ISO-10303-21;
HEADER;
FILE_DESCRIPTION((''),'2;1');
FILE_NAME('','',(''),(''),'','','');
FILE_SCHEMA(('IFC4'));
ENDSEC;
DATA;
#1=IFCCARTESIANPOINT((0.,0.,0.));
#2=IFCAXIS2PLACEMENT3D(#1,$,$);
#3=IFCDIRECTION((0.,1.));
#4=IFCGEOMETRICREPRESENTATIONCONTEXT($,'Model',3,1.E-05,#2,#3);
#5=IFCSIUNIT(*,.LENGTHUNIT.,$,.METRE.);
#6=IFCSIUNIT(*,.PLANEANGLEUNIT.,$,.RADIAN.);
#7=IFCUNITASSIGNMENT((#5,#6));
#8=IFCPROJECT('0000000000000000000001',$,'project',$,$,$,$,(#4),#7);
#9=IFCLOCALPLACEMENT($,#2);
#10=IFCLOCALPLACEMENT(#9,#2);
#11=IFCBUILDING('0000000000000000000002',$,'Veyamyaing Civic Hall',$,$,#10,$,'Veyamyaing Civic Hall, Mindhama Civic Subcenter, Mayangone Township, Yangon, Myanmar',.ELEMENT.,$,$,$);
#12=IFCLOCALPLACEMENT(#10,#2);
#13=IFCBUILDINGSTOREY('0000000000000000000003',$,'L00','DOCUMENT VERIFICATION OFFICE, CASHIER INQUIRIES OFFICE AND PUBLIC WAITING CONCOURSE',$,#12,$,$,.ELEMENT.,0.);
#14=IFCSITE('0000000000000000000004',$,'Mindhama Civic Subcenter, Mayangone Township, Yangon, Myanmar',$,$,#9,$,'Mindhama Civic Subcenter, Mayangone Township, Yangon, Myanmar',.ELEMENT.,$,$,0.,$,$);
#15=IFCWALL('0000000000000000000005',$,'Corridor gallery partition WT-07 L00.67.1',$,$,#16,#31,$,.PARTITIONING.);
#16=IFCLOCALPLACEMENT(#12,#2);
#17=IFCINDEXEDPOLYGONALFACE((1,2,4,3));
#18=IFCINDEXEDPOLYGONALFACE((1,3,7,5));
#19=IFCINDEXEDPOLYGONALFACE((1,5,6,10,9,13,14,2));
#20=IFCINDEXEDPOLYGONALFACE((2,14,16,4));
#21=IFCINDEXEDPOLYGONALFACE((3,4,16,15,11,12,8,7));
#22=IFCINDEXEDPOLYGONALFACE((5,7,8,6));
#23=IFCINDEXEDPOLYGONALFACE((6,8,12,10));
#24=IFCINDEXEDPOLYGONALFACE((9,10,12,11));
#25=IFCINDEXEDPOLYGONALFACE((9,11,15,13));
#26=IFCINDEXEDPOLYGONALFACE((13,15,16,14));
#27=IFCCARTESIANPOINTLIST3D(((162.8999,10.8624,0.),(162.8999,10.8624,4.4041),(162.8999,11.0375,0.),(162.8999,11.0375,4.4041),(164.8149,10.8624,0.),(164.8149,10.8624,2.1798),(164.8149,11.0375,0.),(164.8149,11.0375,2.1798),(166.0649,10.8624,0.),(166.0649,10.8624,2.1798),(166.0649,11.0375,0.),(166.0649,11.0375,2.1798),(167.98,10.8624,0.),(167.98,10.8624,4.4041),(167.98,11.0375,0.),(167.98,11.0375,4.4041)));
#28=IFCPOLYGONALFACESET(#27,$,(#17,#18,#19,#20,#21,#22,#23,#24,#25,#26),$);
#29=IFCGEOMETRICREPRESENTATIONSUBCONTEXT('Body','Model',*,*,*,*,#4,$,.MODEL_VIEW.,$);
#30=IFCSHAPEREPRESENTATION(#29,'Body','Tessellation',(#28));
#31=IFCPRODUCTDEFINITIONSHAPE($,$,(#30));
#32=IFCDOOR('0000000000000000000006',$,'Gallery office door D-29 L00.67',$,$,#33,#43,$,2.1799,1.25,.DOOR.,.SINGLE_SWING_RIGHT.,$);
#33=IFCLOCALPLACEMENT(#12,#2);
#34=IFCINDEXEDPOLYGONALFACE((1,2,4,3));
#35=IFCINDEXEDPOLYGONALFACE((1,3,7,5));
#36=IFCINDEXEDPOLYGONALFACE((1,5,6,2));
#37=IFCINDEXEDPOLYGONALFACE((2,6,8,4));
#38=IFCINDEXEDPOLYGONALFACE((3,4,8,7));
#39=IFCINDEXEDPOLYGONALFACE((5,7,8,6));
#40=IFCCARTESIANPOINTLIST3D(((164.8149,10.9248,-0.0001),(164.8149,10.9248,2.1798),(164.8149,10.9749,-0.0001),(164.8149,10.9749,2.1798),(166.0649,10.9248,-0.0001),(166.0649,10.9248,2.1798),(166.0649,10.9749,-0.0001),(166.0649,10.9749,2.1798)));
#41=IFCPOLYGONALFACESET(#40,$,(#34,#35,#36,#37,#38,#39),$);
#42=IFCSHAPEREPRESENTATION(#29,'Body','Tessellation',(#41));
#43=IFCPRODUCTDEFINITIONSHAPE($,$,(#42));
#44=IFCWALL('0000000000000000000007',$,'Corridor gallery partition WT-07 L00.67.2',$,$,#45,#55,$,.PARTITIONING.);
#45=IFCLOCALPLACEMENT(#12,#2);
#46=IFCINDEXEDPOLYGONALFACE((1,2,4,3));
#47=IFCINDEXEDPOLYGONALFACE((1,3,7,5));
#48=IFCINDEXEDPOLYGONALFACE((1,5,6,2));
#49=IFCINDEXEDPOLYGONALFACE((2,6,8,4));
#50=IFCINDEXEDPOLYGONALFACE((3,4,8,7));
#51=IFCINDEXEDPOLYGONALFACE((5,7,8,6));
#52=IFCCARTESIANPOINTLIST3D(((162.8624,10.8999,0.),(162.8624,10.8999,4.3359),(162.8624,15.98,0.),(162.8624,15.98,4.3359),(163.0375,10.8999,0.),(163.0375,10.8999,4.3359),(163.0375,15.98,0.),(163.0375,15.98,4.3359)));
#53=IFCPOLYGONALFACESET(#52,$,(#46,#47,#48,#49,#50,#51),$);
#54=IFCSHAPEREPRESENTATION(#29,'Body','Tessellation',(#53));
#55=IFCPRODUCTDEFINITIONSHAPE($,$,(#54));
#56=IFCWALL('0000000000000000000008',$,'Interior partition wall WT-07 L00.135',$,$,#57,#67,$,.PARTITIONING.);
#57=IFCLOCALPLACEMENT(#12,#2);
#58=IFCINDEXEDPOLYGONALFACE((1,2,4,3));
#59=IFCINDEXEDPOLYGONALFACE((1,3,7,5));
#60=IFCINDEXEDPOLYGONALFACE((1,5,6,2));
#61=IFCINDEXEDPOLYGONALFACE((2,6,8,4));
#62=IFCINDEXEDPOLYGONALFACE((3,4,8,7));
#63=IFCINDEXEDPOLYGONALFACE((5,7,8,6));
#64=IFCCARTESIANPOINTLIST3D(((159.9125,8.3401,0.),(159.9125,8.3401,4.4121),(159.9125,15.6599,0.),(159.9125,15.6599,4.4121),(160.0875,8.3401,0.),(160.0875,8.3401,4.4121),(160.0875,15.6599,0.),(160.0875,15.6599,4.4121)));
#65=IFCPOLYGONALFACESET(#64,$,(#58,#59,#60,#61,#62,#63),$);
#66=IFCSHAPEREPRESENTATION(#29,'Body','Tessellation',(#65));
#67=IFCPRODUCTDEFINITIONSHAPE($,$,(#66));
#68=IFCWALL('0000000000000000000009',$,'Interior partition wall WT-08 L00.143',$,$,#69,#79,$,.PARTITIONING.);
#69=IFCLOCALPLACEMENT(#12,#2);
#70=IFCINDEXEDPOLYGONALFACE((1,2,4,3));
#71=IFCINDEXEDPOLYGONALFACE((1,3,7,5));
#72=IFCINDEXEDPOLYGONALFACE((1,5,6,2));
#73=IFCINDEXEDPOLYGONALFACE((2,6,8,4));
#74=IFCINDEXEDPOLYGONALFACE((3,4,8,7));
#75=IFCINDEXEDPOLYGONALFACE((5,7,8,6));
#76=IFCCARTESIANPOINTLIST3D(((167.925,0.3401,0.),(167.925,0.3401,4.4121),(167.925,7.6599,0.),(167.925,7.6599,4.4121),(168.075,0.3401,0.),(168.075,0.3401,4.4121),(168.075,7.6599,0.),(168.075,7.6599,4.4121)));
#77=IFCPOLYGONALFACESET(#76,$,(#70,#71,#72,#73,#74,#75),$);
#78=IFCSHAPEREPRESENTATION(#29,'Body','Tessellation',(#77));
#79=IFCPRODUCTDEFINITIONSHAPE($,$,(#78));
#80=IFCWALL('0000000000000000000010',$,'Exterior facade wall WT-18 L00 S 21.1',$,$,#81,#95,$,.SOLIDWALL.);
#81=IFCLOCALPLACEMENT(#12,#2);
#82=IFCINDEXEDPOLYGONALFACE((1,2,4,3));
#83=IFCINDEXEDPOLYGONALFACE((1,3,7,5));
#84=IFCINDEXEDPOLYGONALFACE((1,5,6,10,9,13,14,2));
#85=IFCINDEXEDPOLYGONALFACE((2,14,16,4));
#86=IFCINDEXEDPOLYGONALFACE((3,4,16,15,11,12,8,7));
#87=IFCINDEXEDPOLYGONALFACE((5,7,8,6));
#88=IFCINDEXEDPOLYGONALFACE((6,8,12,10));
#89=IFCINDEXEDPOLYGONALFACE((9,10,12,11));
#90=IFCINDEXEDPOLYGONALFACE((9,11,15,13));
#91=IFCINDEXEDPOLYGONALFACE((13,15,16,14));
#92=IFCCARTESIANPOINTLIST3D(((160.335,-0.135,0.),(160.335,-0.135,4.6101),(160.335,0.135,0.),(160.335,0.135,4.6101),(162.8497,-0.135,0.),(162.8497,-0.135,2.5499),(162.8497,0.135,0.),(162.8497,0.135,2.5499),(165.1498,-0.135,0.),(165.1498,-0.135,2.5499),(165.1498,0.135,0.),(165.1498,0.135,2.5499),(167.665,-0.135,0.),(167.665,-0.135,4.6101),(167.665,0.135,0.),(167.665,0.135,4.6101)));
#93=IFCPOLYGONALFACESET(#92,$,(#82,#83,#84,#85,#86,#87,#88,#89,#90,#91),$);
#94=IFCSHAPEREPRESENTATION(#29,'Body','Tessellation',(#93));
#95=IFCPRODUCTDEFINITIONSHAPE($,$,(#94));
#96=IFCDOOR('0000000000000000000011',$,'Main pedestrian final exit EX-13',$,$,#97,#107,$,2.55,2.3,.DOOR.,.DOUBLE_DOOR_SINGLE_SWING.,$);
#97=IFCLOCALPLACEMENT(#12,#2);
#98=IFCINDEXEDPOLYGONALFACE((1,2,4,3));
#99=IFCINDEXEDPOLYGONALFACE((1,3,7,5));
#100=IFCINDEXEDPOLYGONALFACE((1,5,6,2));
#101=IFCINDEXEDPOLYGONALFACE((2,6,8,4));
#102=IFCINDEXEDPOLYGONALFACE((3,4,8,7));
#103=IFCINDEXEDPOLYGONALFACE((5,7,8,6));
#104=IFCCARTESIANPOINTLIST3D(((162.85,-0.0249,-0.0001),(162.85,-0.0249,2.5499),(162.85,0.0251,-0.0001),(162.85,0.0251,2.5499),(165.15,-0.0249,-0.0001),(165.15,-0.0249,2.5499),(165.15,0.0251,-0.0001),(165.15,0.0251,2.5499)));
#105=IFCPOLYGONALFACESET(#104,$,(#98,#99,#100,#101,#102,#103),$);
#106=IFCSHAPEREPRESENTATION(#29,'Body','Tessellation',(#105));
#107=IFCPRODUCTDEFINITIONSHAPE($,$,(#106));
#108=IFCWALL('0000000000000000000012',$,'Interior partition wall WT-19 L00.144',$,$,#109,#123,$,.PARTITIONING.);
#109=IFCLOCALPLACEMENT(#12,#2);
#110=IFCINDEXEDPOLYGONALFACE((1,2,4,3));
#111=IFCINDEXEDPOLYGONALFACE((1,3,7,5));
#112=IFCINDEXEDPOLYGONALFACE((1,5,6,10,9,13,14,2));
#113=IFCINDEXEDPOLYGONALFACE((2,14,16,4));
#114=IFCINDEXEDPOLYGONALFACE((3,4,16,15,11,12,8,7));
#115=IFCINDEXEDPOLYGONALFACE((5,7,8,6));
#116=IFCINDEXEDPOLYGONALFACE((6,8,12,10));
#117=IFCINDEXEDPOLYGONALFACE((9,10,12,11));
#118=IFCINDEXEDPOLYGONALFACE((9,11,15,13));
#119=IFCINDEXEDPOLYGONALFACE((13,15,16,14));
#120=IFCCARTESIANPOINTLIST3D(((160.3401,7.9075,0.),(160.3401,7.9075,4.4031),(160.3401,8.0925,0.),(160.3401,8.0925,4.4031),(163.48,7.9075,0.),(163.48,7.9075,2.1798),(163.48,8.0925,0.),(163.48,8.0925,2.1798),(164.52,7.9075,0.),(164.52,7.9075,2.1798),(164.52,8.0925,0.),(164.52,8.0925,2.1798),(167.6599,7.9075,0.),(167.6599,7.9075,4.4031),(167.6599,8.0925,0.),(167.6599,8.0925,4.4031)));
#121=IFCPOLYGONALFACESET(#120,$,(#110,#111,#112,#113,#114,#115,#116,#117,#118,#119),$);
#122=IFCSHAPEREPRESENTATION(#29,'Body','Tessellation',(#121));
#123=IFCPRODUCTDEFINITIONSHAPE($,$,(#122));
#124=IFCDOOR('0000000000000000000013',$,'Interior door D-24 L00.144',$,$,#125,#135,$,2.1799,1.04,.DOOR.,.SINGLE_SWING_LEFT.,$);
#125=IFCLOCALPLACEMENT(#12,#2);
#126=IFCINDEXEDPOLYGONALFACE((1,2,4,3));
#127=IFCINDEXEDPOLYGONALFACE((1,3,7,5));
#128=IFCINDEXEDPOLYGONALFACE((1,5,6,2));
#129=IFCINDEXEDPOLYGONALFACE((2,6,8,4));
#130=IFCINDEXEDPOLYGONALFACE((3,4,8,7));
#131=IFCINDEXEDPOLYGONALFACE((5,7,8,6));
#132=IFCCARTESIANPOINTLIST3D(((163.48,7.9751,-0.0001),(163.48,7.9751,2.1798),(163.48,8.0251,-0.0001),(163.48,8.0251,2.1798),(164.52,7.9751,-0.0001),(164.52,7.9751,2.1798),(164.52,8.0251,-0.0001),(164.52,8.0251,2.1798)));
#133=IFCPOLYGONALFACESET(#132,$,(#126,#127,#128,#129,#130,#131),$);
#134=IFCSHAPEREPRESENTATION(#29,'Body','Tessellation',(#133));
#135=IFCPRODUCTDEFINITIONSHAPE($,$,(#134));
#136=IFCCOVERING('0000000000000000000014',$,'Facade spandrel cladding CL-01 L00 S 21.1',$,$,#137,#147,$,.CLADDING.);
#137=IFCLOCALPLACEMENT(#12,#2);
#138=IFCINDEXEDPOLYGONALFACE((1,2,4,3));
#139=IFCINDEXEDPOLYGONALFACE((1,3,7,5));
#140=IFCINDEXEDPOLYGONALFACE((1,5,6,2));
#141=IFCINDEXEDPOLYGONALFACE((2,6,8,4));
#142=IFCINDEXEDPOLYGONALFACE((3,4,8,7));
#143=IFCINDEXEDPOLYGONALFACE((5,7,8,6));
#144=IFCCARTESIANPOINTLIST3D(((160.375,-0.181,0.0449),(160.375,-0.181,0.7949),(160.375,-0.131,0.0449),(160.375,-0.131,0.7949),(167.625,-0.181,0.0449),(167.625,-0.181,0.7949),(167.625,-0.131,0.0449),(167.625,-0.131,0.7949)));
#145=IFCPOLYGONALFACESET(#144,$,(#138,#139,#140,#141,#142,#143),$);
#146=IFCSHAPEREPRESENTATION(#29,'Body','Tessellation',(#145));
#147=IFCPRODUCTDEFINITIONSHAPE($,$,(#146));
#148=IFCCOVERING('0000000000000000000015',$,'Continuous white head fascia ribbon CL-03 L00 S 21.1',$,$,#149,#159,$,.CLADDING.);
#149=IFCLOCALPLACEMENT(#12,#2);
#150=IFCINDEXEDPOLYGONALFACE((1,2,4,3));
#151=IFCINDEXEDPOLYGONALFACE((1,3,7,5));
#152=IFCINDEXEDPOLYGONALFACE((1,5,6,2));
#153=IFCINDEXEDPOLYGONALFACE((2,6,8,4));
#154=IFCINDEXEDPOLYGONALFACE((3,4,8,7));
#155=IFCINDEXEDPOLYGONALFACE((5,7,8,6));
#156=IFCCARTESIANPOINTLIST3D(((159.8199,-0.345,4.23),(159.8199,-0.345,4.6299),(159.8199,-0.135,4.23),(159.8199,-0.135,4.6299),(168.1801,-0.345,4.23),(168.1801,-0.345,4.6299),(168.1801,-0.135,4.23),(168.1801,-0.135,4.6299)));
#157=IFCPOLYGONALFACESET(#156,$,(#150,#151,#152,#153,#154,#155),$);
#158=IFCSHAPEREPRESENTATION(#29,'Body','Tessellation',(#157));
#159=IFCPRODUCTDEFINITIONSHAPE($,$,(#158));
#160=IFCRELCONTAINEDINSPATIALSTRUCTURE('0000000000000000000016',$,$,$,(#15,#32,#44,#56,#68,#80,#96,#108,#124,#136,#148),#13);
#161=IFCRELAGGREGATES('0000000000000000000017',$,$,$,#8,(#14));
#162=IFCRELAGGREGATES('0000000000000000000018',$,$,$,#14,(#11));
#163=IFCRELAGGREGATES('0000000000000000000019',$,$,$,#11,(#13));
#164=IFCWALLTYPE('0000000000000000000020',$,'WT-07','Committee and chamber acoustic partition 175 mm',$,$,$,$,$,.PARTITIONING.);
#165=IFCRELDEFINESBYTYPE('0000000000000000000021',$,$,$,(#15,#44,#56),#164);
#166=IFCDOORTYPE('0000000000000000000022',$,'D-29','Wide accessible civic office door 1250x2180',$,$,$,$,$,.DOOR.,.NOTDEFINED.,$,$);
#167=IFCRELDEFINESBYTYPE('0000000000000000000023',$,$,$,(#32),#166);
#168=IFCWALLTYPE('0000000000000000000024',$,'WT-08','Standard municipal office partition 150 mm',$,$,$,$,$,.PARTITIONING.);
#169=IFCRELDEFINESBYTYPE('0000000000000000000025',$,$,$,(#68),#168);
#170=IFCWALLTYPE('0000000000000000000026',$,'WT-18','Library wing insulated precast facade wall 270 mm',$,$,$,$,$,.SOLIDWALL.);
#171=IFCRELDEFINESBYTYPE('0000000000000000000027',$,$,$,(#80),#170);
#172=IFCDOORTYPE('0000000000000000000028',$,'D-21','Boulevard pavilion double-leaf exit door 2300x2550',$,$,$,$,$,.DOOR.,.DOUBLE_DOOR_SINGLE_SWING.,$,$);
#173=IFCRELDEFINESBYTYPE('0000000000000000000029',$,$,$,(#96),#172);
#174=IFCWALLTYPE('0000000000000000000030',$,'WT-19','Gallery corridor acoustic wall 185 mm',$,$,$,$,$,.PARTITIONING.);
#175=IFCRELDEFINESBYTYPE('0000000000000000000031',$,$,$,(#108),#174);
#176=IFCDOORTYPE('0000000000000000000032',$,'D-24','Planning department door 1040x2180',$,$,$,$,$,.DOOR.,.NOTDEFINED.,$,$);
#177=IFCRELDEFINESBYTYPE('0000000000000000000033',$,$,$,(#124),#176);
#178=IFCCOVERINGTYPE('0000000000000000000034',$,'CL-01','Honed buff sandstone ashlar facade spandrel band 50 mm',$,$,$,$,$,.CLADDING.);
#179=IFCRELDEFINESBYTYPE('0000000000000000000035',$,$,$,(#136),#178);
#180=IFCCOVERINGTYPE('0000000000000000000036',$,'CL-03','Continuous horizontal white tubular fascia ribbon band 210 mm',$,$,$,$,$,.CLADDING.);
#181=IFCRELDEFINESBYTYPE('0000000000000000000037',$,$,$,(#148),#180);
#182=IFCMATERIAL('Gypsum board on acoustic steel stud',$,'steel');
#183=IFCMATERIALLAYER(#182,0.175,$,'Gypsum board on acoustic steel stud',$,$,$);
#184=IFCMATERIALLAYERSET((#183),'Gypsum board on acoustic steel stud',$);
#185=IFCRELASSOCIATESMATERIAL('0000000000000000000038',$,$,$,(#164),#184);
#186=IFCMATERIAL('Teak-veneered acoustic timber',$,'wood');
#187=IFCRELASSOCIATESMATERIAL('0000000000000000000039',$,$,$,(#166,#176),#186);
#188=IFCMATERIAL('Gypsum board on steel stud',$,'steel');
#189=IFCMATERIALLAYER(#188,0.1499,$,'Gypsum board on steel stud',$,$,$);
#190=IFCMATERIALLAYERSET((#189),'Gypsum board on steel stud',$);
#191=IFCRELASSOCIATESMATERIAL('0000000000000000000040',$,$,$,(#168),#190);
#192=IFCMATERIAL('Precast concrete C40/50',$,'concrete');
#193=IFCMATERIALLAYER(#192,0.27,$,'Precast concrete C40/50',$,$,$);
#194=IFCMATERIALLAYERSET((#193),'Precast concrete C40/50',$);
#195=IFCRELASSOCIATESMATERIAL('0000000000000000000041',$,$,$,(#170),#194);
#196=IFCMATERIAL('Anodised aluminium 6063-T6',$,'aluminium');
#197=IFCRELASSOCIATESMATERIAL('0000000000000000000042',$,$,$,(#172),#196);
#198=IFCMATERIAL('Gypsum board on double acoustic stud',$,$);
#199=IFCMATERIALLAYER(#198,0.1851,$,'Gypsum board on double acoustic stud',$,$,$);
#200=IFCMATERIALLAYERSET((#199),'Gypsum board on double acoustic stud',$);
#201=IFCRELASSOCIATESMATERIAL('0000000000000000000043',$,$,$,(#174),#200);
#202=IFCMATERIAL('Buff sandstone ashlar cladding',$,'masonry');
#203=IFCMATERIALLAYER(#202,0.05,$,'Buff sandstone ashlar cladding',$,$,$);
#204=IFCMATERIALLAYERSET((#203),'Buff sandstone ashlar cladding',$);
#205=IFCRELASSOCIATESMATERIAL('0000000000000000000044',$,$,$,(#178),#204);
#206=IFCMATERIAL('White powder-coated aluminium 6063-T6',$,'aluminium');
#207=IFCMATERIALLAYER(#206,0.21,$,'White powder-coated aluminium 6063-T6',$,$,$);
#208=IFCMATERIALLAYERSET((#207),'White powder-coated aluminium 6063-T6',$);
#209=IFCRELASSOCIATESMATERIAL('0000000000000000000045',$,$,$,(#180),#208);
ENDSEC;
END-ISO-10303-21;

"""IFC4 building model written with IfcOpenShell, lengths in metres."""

from ifc_helpers import new_model, si_unit, direction, frame, frame_2d, origin, origin_2d, place, context, subcontext, project, spatial, rectangle, extrude, material, layer, layer_set, type_object, element, fill, save


model = new_model("IFC4")

# Units and contexts
model_context = context("Model", 3, precision=1e-05, world=origin(), true_north=direction((0.0, 1.0)))
body_context = subcontext(model_context, "Body", "Model", "MODEL_VIEW")
ifc_project = project(units=[si_unit("LENGTHUNIT", "METRE"), si_unit("PLANEANGLEUNIT", "RADIAN")], contexts=[model_context])

# Site, building, storey
site_placement = place(None, origin())
site = spatial("IfcSite", under=ifc_project, at=site_placement, Name="Mindhama Civic Subcenter, Mayangone Township, Yangon, Myanmar", LongName="Mindhama Civic Subcenter, Mayangone Township, Yangon, Myanmar", CompositionType="ELEMENT", RefElevation=0.0)
building_placement = place(site_placement, origin())
building = spatial("IfcBuilding", under=site, at=building_placement, Name="Veyamyaing Civic Hall", LongName="Veyamyaing Civic Hall, Mindhama Civic Subcenter, Mayangone Township, Yangon, Myanmar", CompositionType="ELEMENT")
storey_placement = place(building_placement, origin())
storey = spatial("IfcBuildingStorey", under=building, at=storey_placement, Name="L00", Description="DOCUMENT VERIFICATION OFFICE, CASHIER INQUIRIES OFFICE AND PUBLIC WAITING CONCOURSE", CompositionType="ELEMENT", Elevation=0.0)

# Shared definitions
ifc_material_1 = material(Name="Anodised aluminium 6063-T6", Category="aluminium")

# Wall, opening, door
ifc_material_2 = material(Name="Gypsum board on acoustic steel stud", Category="steel")
ifc_layer_1 = layer(ifc_material_2, 0.175, Name="Gypsum board on acoustic steel stud")
ifc_layer_set_1 = layer_set([ifc_layer_1], Name="Gypsum board on acoustic steel stud")
wall_type_1 = type_object("IfcWallType", Name="WT-07", Description="Committee and chamber acoustic partition 175 mm", PredefinedType="PARTITIONING", material=ifc_layer_set_1)
wall_1_placement = place(storey_placement, frame((162.8999, 10.95, 0.0), z_axis=(0.0, 0.0, 1.0), x_axis=(1.0, 0.0, 0.0)))
wall_1 = element("IfcWall", 1, at=wall_1_placement, inside=storey, type_object=wall_type_1, Name="Corridor gallery partition WT-07 L00.67.1", PredefinedType="PARTITIONING", context=body_context, shape_type="SweptSolid", body=[
    extrude(rectangle(XDim=5.0801, YDim=0.175, at=frame_2d((2.54, 0.0))), origin(), (0.0, 0.0, 1.0), 4.4041),
])
opening_1_placement = place(wall_1_placement, frame((1.915, 0.0, 0.0)))
opening_1 = element("IfcOpeningElement", 2, at=opening_1_placement, cuts=wall_1, PredefinedType="OPENING", context=body_context, shape_type="SweptSolid", body=[
    extrude(rectangle(XDim=1.25, YDim=2.1799, at=frame_2d((0.625, 1.0898))), frame((0.0, 0.0974, 0.0), z_axis=(0.0, -1.0, 0.0), x_axis=(1.0, 0.0, 0.0)), (0.0, 0.0, 1.0), 0.1951),
])
ifc_material_3 = material(Name="Teak-veneered acoustic timber", Category="wood")
door_type_1 = type_object("IfcDoorType", Name="D-29", Description="Wide accessible civic office door 1250x2180", OperationType="NOTDEFINED", PredefinedType="DOOR", material=ifc_material_3)
door_1_placement = place(opening_1_placement, origin())
door_1 = element("IfcDoor", 3, at=door_1_placement, inside=storey, type_object=door_type_1, Name="Gallery office door D-29 L00.67", OperationType="SINGLE_SWING_RIGHT", OverallHeight=2.1799, OverallWidth=1.25, PredefinedType="DOOR", context=body_context, shape_type="SweptSolid", body=[
    extrude(rectangle(XDim=1.25, YDim=2.1799, at=frame_2d((0.625, 1.0898))), frame((0.0, 0.0249, 0.0), z_axis=(0.0, -1.0, 0.0), x_axis=(1.0, 0.0, 0.0)), (0.0, 0.0, 1.0), 0.05),
])
fill(opening_1, door_1)

# Walls
wall_2_placement = place(storey_placement, frame((162.95, 10.8999, 0.0), z_axis=(0.0, 0.0, 1.0), x_axis=(0.0, 1.0, 0.0)))
element("IfcWall", 4, at=wall_2_placement, inside=storey, type_object=wall_type_1, Name="Corridor gallery partition WT-07 L00.67.2", PredefinedType="PARTITIONING", context=body_context, shape_type="SweptSolid", body=[
    extrude(rectangle(XDim=5.0801, YDim=0.175, at=frame_2d((2.54, 0.0))), origin(), (0.0, 0.0, 1.0), 4.3359),
])
wall_3_placement = place(storey_placement, frame((160.0, 8.3401, 0.0), z_axis=(0.0, 0.0, 1.0), x_axis=(0.0, 1.0, 0.0)))
element("IfcWall", 5, at=wall_3_placement, inside=storey, type_object=wall_type_1, Name="Interior partition wall WT-07 L00.135", PredefinedType="PARTITIONING", context=body_context, shape_type="SweptSolid", body=[
    extrude(rectangle(XDim=7.3198, YDim=0.175, at=frame_2d((3.6599, 0.0))), origin(), (0.0, 0.0, 1.0), 4.4121),
])
ifc_material_4 = material(Name="Gypsum board on steel stud", Category="steel")
ifc_layer_2 = layer(ifc_material_4, 0.1499, Name="Gypsum board on steel stud")
ifc_layer_set_2 = layer_set([ifc_layer_2], Name="Gypsum board on steel stud")
wall_type_2 = type_object("IfcWallType", Name="WT-08", Description="Standard municipal office partition 150 mm", PredefinedType="PARTITIONING", material=ifc_layer_set_2)
wall_4_placement = place(storey_placement, frame((168.0, 0.3401, 0.0), z_axis=(0.0, 0.0, 1.0), x_axis=(0.0, 1.0, 0.0)))
element("IfcWall", 6, at=wall_4_placement, inside=storey, type_object=wall_type_2, Name="Interior partition wall WT-08 L00.143", PredefinedType="PARTITIONING", context=body_context, shape_type="SweptSolid", body=[
    extrude(rectangle(XDim=7.3198, YDim=0.1499, at=frame_2d((3.6599, 0.0))), origin(), (0.0, 0.0, 1.0), 4.4121),
])

# Walls, openings, doors
ifc_material_5 = material(Name="Precast concrete C40/50", Category="concrete")
ifc_layer_3 = layer(ifc_material_5, 0.27, Name="Precast concrete C40/50")
ifc_layer_set_3 = layer_set([ifc_layer_3], Name="Precast concrete C40/50")
wall_type_3 = type_object("IfcWallType", Name="WT-18", Description="Library wing insulated precast facade wall 270 mm", PredefinedType="SOLIDWALL", material=ifc_layer_set_3)
wall_5_placement = place(storey_placement, frame((160.335, 0.0, 0.0), z_axis=(0.0, 0.0, 1.0), x_axis=(1.0, 0.0, 0.0)))
wall_5 = element("IfcWall", 7, at=wall_5_placement, inside=storey, type_object=wall_type_3, Name="Exterior facade wall WT-18 L00 S 21.1", PredefinedType="SOLIDWALL", context=body_context, shape_type="SweptSolid", body=[
    extrude(rectangle(XDim=7.3301, YDim=0.27, at=frame_2d((3.665, 0.0))), origin(), (0.0, 0.0, 1.0), 4.6101),
])
opening_2_placement = place(wall_5_placement, frame((2.5149, 0.0, 0.0)))
opening_2 = element("IfcOpeningElement", 8, at=opening_2_placement, cuts=wall_5, PredefinedType="OPENING", context=body_context, shape_type="SweptSolid", body=[
    extrude(rectangle(XDim=2.3, YDim=2.55, at=frame_2d((1.1499, 1.2749))), frame((0.0, 0.145, 0.0), z_axis=(0.0, -1.0, 0.0), x_axis=(1.0, 0.0, 0.0)), (0.0, 0.0, 1.0), 0.29),
])
door_type_2 = type_object("IfcDoorType", Name="D-21", Description="Boulevard pavilion double-leaf exit door 2300x2550", OperationType="DOUBLE_DOOR_SINGLE_SWING", PredefinedType="DOOR", material=ifc_material_1)
door_2_placement = place(opening_2_placement, frame((2.3, 0.0, 0.0), z_axis=(0.0, 0.0, 1.0), x_axis=(-1.0, 0.0, 0.0)))
door_2 = element("IfcDoor", 9, at=door_2_placement, inside=storey, type_object=door_type_2, Name="Main pedestrian final exit EX-13", OperationType="DOUBLE_DOOR_SINGLE_SWING", OverallHeight=2.55, OverallWidth=2.3, PredefinedType="DOOR", context=body_context, shape_type="SweptSolid", body=[
    extrude(rectangle(XDim=2.3, YDim=2.55, at=frame_2d((1.1499, 1.2749))), frame((0.0, 0.0249, 0.0), z_axis=(0.0, -1.0, 0.0), x_axis=(1.0, 0.0, 0.0)), (0.0, 0.0, 1.0), 0.05),
])
fill(opening_2, door_2)
ifc_material_6 = material(Name="Gypsum board on double acoustic stud")
ifc_layer_4 = layer(ifc_material_6, 0.1851, Name="Gypsum board on double acoustic stud")
ifc_layer_set_4 = layer_set([ifc_layer_4], Name="Gypsum board on double acoustic stud")
wall_type_4 = type_object("IfcWallType", Name="WT-19", Description="Gallery corridor acoustic wall 185 mm", PredefinedType="PARTITIONING", material=ifc_layer_set_4)
wall_6_placement = place(storey_placement, frame((160.3401, 8.0, 0.0), z_axis=(0.0, 0.0, 1.0), x_axis=(1.0, 0.0, 0.0)))
wall_6 = element("IfcWall", 10, at=wall_6_placement, inside=storey, type_object=wall_type_4, Name="Interior partition wall WT-19 L00.144", PredefinedType="PARTITIONING", context=body_context, shape_type="SweptSolid", body=[
    extrude(rectangle(XDim=7.3198, YDim=0.1851, at=frame_2d((3.6599, 0.0))), origin(), (0.0, 0.0, 1.0), 4.4031),
])
opening_3_placement = place(wall_6_placement, frame((3.1399, 0.0, 0.0)))
opening_3 = element("IfcOpeningElement", 11, at=opening_3_placement, cuts=wall_6, PredefinedType="OPENING", context=body_context, shape_type="SweptSolid", body=[
    extrude(rectangle(XDim=1.04, YDim=2.1799, at=frame_2d((0.52, 1.0898))), frame((0.0, 0.1025, 0.0), z_axis=(0.0, -1.0, 0.0), x_axis=(1.0, 0.0, 0.0)), (0.0, 0.0, 1.0), 0.2051),
])
door_type_3 = type_object("IfcDoorType", Name="D-24", Description="Planning department door 1040x2180", OperationType="NOTDEFINED", PredefinedType="DOOR", material=ifc_material_3)
door_3_placement = place(opening_3_placement, frame((1.04, 0.0, 0.0), z_axis=(0.0, 0.0, 1.0), x_axis=(-1.0, 0.0, 0.0)))
door_3 = element("IfcDoor", 12, at=door_3_placement, inside=storey, type_object=door_type_3, Name="Interior door D-24 L00.144", OperationType="SINGLE_SWING_LEFT", OverallHeight=2.1799, OverallWidth=1.04, PredefinedType="DOOR", context=body_context, shape_type="SweptSolid", body=[
    extrude(rectangle(XDim=1.04, YDim=2.1799, at=frame_2d((0.52, 1.0898))), frame((0.0, 0.0249, 0.0), z_axis=(0.0, -1.0, 0.0), x_axis=(1.0, 0.0, 0.0)), (0.0, 0.0, 1.0), 0.05),
])
fill(opening_3, door_3)

# Coverings
ifc_material_7 = material(Name="Buff sandstone ashlar cladding", Category="masonry")
ifc_layer_5 = layer(ifc_material_7, 0.05, Name="Buff sandstone ashlar cladding")
ifc_layer_set_5 = layer_set([ifc_layer_5], Name="Buff sandstone ashlar cladding")
covering_type_1 = type_object("IfcCoveringType", Name="CL-01", Description="Honed buff sandstone ashlar facade spandrel band 50 mm", PredefinedType="CLADDING", material=ifc_layer_set_5)
covering_1_placement = place(storey_placement, frame((164.0, -0.156, 0.0449), z_axis=(0.0, 0.0, 1.0), x_axis=(1.0, 0.0, 0.0)))
element("IfcCovering", 13, at=covering_1_placement, inside=storey, type_object=covering_type_1, Name="Facade spandrel cladding CL-01 L00 S 21.1", PredefinedType="CLADDING", context=body_context, shape_type="SweptSolid", body=[
    extrude(rectangle(XDim=7.25, YDim=0.05, at=origin_2d()), origin(), (0.0, 0.0, 1.0), 0.75),
])
ifc_material_8 = material(Name="White powder-coated aluminium 6063-T6", Category="aluminium")
ifc_layer_6 = layer(ifc_material_8, 0.21, Name="White powder-coated aluminium 6063-T6")
ifc_layer_set_6 = layer_set([ifc_layer_6], Name="White powder-coated aluminium 6063-T6")
covering_type_2 = type_object("IfcCoveringType", Name="CL-03", Description="Continuous horizontal white tubular fascia ribbon band 210 mm", PredefinedType="CLADDING", material=ifc_layer_set_6)
covering_2_placement = place(storey_placement, frame((164.0, -0.24, 4.23), z_axis=(0.0, 0.0, 1.0), x_axis=(1.0, 0.0, 0.0)))
element("IfcCovering", 14, at=covering_2_placement, inside=storey, type_object=covering_type_2, Name="Continuous white head fascia ribbon CL-03 L00 S 21.1", PredefinedType="CLADDING", context=body_context, shape_type="SweptSolid", body=[
    extrude(rectangle(XDim=8.3601, YDim=0.21, at=origin_2d()), origin(), (0.0, 0.0, 1.0), 0.3999),
])

save(model, "model.ifc")
